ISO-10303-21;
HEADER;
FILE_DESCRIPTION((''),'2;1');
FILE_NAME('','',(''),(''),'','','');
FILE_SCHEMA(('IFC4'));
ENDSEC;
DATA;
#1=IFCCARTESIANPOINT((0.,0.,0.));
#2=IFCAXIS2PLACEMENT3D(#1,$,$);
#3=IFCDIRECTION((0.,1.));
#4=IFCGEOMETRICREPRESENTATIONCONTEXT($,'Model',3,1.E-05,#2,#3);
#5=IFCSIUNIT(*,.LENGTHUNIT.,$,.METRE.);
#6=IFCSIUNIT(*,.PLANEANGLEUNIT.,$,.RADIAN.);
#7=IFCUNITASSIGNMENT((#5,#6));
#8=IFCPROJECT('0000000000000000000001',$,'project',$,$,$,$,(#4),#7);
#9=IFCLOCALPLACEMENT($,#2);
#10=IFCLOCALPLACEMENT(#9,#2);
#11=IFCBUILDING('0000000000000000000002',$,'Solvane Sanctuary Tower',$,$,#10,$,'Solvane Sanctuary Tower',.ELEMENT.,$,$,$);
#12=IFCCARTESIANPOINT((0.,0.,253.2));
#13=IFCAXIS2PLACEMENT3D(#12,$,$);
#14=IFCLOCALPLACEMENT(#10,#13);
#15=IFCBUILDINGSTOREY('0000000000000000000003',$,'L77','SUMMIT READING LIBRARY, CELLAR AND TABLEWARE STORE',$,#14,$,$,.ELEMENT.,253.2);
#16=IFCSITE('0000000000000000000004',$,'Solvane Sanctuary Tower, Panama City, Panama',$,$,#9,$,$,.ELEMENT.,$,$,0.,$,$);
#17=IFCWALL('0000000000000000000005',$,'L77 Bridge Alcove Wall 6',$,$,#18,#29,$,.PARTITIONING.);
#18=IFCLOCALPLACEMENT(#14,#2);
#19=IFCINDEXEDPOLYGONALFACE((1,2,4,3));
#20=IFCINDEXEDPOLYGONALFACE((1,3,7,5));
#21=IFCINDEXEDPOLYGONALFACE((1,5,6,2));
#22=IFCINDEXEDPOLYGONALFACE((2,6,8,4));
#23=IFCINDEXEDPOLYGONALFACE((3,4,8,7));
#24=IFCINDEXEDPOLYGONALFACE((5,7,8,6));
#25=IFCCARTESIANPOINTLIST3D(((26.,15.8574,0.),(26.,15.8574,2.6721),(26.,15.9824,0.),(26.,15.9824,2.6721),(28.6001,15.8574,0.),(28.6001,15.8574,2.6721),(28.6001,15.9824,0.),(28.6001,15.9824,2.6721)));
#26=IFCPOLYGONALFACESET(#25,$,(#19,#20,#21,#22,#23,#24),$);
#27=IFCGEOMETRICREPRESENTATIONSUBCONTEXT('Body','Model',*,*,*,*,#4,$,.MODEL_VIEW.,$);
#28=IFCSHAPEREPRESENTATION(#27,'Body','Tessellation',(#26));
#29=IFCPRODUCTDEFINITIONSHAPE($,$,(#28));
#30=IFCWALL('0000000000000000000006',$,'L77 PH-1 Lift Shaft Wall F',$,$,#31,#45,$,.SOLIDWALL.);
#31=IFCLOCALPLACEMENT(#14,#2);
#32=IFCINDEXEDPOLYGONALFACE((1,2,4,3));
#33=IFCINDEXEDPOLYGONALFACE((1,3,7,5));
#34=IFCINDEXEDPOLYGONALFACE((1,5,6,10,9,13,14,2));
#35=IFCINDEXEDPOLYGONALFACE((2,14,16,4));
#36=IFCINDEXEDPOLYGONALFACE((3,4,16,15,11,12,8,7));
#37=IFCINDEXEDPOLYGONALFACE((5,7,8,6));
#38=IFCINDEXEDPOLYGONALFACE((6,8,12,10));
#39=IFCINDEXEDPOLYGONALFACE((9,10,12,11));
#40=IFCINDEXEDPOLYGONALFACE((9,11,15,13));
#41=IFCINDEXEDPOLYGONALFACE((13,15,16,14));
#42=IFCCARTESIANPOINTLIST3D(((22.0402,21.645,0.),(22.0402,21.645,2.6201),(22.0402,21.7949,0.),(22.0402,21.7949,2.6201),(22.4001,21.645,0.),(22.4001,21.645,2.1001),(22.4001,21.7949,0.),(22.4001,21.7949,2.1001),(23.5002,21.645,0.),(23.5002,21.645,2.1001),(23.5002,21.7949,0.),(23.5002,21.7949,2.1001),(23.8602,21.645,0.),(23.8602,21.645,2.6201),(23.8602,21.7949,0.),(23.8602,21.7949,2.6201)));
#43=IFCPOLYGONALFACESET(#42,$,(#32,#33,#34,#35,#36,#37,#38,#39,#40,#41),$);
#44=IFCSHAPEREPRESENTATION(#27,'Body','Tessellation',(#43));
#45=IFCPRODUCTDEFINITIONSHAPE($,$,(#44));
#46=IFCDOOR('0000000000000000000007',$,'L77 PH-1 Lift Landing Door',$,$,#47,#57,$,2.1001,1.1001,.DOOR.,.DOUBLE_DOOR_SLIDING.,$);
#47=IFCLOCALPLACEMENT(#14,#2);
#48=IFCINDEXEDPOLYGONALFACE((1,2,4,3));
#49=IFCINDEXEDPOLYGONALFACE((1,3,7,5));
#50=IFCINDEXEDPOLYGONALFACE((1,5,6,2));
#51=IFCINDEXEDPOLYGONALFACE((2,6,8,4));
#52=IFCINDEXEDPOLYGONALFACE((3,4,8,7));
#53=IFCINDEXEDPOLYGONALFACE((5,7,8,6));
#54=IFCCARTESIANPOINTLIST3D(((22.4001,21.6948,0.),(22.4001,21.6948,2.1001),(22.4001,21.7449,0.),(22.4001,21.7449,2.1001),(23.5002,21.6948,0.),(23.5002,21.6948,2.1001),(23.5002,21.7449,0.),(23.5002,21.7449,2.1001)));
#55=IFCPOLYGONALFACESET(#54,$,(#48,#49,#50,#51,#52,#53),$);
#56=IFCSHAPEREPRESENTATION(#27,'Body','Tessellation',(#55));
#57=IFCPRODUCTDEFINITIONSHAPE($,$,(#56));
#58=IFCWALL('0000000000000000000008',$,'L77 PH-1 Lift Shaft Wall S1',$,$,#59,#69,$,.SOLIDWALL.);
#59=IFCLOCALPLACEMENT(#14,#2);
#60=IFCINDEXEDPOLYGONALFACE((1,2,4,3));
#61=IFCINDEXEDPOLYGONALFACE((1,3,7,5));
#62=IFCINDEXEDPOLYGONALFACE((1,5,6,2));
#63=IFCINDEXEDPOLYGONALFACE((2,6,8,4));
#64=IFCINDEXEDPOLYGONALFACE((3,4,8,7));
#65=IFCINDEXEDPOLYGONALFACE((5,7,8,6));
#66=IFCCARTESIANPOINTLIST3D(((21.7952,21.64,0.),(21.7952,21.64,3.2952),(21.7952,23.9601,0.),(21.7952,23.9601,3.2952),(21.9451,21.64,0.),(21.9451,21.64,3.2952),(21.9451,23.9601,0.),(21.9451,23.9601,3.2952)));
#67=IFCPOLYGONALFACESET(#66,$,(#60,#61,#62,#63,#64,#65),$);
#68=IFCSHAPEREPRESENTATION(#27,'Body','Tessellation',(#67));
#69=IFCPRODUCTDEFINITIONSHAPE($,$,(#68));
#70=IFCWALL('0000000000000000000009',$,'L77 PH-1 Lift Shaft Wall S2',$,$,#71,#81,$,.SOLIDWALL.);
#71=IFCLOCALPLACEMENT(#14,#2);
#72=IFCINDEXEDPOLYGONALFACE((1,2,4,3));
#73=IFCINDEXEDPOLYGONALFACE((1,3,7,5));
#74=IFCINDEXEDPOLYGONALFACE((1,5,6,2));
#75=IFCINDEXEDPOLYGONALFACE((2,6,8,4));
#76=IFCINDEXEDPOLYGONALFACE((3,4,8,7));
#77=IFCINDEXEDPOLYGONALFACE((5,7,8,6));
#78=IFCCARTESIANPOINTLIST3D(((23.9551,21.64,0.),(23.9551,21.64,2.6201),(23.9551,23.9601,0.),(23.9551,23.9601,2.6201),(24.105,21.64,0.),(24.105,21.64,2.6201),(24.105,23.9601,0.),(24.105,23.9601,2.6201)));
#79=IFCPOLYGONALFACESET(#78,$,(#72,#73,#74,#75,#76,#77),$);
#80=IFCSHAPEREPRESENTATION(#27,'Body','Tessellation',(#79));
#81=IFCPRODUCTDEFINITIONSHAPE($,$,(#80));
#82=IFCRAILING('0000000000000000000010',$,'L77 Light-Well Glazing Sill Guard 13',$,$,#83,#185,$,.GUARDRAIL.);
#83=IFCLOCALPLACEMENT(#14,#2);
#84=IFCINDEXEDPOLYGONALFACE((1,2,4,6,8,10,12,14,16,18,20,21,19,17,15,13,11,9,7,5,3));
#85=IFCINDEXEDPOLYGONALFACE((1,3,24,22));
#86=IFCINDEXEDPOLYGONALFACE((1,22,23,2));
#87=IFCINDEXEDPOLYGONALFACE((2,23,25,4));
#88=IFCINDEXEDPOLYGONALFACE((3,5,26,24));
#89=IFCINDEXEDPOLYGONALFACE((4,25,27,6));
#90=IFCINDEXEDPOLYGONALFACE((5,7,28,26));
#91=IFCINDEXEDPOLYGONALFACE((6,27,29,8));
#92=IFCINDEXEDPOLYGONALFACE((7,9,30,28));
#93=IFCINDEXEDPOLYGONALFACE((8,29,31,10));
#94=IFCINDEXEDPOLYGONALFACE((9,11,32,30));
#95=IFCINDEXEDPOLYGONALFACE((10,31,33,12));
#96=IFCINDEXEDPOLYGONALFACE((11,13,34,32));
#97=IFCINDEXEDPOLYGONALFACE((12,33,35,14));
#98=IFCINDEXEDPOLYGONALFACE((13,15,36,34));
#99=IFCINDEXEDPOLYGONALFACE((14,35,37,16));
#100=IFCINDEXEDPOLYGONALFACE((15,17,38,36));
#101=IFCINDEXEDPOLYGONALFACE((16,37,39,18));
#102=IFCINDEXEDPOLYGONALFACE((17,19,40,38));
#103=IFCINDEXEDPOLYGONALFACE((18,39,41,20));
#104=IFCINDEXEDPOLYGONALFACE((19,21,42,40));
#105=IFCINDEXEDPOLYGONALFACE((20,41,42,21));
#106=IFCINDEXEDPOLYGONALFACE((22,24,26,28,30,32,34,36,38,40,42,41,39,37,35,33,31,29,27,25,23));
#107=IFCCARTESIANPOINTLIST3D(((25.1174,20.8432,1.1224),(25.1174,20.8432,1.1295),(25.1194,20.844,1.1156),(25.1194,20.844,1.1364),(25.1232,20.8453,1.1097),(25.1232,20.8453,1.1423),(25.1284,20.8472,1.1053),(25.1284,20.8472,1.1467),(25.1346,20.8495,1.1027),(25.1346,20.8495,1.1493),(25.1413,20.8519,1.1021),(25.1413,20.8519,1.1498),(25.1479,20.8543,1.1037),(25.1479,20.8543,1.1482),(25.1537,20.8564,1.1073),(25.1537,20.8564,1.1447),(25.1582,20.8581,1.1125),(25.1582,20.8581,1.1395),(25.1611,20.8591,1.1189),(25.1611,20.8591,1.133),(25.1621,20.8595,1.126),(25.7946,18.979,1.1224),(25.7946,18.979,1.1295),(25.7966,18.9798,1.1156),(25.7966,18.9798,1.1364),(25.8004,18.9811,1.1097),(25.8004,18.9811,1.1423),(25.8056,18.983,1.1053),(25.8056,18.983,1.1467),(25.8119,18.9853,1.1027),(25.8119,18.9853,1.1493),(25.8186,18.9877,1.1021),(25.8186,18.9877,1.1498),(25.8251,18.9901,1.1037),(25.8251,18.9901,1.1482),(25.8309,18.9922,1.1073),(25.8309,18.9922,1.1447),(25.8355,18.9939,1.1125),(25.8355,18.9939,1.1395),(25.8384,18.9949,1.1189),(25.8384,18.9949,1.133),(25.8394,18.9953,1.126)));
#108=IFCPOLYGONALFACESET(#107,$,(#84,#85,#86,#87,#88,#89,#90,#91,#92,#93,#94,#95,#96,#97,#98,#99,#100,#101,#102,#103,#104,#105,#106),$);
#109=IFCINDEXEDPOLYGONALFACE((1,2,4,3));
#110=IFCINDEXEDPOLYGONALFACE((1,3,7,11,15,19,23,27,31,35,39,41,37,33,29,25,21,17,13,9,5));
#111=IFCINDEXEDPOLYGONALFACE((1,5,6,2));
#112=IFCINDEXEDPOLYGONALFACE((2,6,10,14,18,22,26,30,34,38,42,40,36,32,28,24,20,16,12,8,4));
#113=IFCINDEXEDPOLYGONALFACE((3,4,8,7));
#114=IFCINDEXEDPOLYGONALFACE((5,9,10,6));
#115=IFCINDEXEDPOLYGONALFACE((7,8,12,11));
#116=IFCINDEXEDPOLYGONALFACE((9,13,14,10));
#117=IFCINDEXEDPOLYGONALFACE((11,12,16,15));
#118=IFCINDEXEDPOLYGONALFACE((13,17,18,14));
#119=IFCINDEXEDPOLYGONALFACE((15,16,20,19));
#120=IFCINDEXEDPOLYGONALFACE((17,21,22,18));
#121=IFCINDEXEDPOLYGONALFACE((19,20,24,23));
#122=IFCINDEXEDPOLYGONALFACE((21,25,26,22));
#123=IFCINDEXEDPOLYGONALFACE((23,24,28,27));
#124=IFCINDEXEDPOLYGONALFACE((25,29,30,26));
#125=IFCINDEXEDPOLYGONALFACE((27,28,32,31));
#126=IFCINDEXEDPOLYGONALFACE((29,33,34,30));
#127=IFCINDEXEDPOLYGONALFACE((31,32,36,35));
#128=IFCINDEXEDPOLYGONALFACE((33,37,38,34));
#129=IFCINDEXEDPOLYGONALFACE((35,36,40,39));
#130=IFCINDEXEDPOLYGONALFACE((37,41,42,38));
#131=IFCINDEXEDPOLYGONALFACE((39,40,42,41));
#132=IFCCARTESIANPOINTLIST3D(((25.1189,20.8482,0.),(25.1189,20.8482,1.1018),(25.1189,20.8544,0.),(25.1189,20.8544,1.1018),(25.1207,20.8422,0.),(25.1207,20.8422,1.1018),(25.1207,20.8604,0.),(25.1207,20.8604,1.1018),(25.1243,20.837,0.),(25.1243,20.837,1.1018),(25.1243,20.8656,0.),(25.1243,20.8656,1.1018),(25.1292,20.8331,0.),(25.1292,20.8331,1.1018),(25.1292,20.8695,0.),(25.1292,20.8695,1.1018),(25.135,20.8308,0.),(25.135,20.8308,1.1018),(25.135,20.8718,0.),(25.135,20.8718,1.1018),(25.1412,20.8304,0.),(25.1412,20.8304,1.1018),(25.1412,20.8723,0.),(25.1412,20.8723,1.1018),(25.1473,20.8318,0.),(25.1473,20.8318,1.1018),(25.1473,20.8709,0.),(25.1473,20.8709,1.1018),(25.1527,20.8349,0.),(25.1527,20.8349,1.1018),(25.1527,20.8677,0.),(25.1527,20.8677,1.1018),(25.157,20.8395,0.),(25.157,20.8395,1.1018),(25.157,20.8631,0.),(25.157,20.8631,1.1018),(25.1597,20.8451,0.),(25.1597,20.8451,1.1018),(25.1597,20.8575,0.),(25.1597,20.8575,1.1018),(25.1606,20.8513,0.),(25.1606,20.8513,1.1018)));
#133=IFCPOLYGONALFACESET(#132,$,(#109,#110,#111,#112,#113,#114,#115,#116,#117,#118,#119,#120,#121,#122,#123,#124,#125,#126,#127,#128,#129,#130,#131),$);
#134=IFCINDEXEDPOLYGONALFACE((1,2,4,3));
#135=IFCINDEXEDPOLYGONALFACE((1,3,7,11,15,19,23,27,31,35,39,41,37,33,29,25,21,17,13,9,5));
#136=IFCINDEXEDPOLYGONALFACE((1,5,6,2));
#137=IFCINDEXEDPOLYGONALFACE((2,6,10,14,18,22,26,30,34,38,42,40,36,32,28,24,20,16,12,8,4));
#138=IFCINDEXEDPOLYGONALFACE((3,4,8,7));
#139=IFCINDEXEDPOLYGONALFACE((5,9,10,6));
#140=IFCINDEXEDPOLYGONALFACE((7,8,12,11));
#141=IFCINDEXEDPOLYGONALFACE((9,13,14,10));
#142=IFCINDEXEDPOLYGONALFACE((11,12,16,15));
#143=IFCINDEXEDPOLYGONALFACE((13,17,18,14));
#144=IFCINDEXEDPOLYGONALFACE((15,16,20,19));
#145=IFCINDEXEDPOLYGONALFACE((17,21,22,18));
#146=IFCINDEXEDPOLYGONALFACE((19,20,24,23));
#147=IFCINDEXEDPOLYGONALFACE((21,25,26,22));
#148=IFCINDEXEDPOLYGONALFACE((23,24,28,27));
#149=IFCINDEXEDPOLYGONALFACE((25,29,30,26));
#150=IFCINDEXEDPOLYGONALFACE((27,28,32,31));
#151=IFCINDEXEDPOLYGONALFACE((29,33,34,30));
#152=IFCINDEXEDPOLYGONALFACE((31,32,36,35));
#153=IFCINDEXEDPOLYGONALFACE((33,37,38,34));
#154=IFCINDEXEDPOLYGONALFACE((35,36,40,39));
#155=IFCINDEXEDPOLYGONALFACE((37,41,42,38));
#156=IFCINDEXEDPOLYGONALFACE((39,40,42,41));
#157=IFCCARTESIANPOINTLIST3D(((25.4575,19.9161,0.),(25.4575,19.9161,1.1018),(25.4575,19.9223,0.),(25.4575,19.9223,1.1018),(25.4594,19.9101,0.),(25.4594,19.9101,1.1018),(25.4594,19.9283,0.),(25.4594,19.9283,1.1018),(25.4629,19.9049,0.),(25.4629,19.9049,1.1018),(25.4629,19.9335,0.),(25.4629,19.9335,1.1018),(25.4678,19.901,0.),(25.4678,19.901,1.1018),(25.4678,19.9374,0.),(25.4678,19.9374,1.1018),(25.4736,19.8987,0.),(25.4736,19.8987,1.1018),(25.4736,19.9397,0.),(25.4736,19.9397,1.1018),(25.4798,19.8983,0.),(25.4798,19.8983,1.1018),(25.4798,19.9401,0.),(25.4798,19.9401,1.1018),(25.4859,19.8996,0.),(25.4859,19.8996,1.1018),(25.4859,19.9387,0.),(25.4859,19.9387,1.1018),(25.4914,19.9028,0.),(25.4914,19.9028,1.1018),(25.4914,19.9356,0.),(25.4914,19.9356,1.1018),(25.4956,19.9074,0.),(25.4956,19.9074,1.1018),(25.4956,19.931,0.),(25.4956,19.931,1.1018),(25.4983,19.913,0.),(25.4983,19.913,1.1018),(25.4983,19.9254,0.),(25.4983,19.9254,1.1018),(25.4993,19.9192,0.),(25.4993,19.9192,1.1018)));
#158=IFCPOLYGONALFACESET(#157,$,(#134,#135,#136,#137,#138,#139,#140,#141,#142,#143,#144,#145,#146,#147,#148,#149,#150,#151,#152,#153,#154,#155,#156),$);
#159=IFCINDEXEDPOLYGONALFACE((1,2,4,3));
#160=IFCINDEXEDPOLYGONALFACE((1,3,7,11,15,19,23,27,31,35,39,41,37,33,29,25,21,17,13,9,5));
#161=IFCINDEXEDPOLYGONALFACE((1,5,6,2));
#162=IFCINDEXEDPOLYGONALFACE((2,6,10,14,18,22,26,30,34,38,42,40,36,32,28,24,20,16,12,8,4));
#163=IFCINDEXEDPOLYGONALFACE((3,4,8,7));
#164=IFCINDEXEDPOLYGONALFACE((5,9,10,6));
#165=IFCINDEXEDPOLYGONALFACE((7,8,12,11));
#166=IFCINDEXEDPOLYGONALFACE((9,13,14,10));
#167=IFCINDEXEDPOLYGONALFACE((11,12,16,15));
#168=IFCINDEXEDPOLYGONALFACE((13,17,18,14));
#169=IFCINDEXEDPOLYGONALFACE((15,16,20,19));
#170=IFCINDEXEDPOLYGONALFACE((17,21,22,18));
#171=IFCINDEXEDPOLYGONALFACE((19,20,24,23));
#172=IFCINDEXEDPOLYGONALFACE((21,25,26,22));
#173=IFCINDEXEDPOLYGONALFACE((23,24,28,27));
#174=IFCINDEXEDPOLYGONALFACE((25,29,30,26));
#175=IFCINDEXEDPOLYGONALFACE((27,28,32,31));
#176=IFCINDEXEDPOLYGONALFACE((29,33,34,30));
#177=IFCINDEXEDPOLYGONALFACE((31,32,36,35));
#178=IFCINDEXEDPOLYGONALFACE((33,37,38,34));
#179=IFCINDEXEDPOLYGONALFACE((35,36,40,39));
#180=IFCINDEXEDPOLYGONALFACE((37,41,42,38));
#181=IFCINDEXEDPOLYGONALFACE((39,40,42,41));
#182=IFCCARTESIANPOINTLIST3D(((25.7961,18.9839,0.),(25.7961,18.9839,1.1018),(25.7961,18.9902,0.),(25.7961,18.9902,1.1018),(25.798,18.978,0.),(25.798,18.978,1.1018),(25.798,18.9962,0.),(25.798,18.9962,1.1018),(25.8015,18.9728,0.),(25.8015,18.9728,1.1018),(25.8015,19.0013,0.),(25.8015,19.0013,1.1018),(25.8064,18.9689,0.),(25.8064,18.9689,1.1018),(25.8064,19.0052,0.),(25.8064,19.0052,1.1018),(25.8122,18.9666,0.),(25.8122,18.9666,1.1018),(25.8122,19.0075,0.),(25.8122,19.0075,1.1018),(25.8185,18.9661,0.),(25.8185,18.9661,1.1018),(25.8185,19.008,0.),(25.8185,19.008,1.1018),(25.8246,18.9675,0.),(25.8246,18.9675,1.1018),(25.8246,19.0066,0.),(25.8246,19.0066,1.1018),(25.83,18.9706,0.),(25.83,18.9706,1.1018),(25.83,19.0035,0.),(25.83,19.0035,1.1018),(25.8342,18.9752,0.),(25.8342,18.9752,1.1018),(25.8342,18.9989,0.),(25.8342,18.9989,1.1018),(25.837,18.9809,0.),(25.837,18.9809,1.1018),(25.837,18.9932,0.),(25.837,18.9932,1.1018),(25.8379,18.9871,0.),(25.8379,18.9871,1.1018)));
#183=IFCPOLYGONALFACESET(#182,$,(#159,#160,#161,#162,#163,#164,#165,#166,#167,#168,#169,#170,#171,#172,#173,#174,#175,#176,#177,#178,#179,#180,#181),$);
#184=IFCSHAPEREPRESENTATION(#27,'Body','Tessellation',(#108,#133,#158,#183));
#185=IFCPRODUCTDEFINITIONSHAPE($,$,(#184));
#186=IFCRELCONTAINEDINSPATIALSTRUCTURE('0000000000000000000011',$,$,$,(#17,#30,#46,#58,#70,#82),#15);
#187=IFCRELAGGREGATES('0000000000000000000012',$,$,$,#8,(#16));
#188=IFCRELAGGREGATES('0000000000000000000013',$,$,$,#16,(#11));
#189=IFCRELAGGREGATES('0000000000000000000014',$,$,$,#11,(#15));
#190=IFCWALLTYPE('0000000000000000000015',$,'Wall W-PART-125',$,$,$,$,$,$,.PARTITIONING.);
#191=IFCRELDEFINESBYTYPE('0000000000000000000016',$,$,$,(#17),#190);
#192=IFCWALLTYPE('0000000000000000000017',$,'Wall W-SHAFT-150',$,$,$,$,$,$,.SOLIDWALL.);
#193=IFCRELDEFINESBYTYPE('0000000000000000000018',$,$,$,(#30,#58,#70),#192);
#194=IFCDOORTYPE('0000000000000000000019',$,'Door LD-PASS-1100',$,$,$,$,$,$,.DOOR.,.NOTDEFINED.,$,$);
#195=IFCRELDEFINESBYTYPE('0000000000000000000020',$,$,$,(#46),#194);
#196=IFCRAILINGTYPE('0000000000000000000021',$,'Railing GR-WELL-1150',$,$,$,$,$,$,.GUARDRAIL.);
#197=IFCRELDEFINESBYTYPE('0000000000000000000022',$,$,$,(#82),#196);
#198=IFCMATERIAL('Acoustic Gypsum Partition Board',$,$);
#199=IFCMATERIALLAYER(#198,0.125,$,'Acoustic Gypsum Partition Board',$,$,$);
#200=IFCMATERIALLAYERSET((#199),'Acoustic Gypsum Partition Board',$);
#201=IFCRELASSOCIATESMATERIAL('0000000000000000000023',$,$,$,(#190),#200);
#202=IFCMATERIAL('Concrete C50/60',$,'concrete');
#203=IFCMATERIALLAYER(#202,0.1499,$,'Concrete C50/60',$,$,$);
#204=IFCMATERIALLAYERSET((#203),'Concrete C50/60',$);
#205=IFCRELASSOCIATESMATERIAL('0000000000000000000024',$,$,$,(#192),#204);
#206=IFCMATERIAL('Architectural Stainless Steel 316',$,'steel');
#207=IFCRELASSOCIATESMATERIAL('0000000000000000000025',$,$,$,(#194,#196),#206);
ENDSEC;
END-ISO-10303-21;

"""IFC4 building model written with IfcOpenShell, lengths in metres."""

from ifc_helpers import new_model, si_unit, direction, frame, frame_2d, origin, origin_2d, place, context, subcontext, project, spatial, rectangle, circle, extrude, material, layer, layer_set, type_object, element, fill, save


model = new_model("IFC4")

# Units and contexts
model_context = context("Model", 3, precision=1e-05, world=origin(), true_north=direction((0.0, 1.0)))
body_context = subcontext(model_context, "Body", "Model", "MODEL_VIEW")
ifc_project = project(units=[si_unit("LENGTHUNIT", "METRE"), si_unit("PLANEANGLEUNIT", "RADIAN")], contexts=[model_context])

# Site, building, storey
site_placement = place(None, origin())
site = spatial("IfcSite", under=ifc_project, at=site_placement, Name="Solvane Sanctuary Tower, Panama City, Panama", CompositionType="ELEMENT", RefElevation=0.0)
building_placement = place(site_placement, origin())
building = spatial("IfcBuilding", under=site, at=building_placement, Name="Solvane Sanctuary Tower", LongName="Solvane Sanctuary Tower", CompositionType="ELEMENT")
storey_placement = place(building_placement, frame((0.0, 0.0, 253.2)))
storey = spatial("IfcBuildingStorey", under=building, at=storey_placement, Name="L77", Description="SUMMIT READING LIBRARY, CELLAR AND TABLEWARE STORE", CompositionType="ELEMENT", Elevation=253.2)

# Shared definitions
ifc_material_1 = material(Name="Acoustic Gypsum Partition Board")
ifc_layer_1 = layer(ifc_material_1, 0.125, Name="Acoustic Gypsum Partition Board")
ifc_layer_set_1 = layer_set([ifc_layer_1], Name="Acoustic Gypsum Partition Board")
wall_type_1 = type_object("IfcWallType", Name="Wall W-PART-125", PredefinedType="PARTITIONING", material=ifc_layer_set_1)
ifc_material_2 = material(Name="Architectural Stainless Steel 316", Category="steel")

# Wall
wall_1_placement = place(storey_placement, frame((26.0, 15.9199, 0.0), z_axis=(0.0, 0.0, 1.0), x_axis=(1.0, 0.0, 0.0)))
element("IfcWall", 1, at=wall_1_placement, inside=storey, type_object=wall_type_1, Name="L77 Bridge Alcove Wall 6", PredefinedType="PARTITIONING", context=body_context, shape_type="SweptSolid", body=[
    extrude(rectangle(XDim=2.6001, YDim=0.125, at=frame_2d((1.3, 0.0))), origin(), (0.0, 0.0, 1.0), 2.6721),
])

# Wall, opening, door
ifc_material_3 = material(Name="Concrete C50/60", Category="concrete")
ifc_layer_2 = layer(ifc_material_3, 0.1499, Name="Concrete C50/60")
ifc_layer_set_2 = layer_set([ifc_layer_2], Name="Concrete C50/60")
wall_type_2 = type_object("IfcWallType", Name="Wall W-SHAFT-150", PredefinedType="SOLIDWALL", material=ifc_layer_set_2)
wall_2_placement = place(storey_placement, frame((22.04, 21.72, 0.0), z_axis=(0.0, 0.0, 1.0), x_axis=(1.0, 0.0, 0.0)))
wall_2 = element("IfcWall", 2, at=wall_2_placement, inside=storey, type_object=wall_type_2, Name="L77 PH-1 Lift Shaft Wall F", PredefinedType="SOLIDWALL", context=body_context, shape_type="SweptSolid", body=[
    extrude(rectangle(XDim=1.8201, YDim=0.1499, at=frame_2d((0.9102, 0.0))), origin(), (0.0, 0.0, 1.0), 2.6201),
])
opening_1_placement = place(wall_2_placement, frame((0.3601, 0.0, 0.0)))
opening_1 = element("IfcOpeningElement", 3, at=opening_1_placement, cuts=wall_2, PredefinedType="OPENING", context=body_context, shape_type="SweptSolid", body=[
    extrude(rectangle(XDim=1.1001, YDim=2.1001, at=frame_2d((0.55, 1.05))), frame((0.0, 0.085, 0.0), z_axis=(0.0, -1.0, 0.0), x_axis=(1.0, 0.0, 0.0)), (0.0, 0.0, 1.0), 0.1699),
])
door_type_1 = type_object("IfcDoorType", Name="Door LD-PASS-1100", OperationType="NOTDEFINED", PredefinedType="DOOR", material=ifc_material_2)
door_1_placement = place(opening_1_placement, origin())
door_1 = element("IfcDoor", 4, at=door_1_placement, inside=storey, type_object=door_type_1, Name="L77 PH-1 Lift Landing Door", OperationType="DOUBLE_DOOR_SLIDING", OverallHeight=2.1001, OverallWidth=1.1001, PredefinedType="DOOR", context=body_context, shape_type="SweptSolid", body=[
    extrude(rectangle(XDim=1.1001, YDim=2.1001, at=frame_2d((0.55, 1.05))), frame((0.0, 0.0249, 0.0), z_axis=(0.0, -1.0, 0.0), x_axis=(1.0, 0.0, 0.0)), (0.0, 0.0, 1.0), 0.05),
])
fill(opening_1, door_1)

# Walls
wall_3_placement = place(storey_placement, frame((21.8701, 21.6399, 0.0), z_axis=(0.0, 0.0, 1.0), x_axis=(0.0, 1.0, 0.0)))
element("IfcWall", 5, at=wall_3_placement, inside=storey, type_object=wall_type_2, Name="L77 PH-1 Lift Shaft Wall S1", PredefinedType="SOLIDWALL", context=body_context, shape_type="SweptSolid", body=[
    extrude(rectangle(XDim=2.3201, YDim=0.1499, at=frame_2d((1.1602, 0.0))), origin(), (0.0, 0.0, 1.0), 3.2952),
])
wall_4_placement = place(storey_placement, frame((24.03, 21.6399, 0.0), z_axis=(0.0, 0.0, 1.0), x_axis=(0.0, 1.0, 0.0)))
element("IfcWall", 6, at=wall_4_placement, inside=storey, type_object=wall_type_2, Name="L77 PH-1 Lift Shaft Wall S2", PredefinedType="SOLIDWALL", context=body_context, shape_type="SweptSolid", body=[
    extrude(rectangle(XDim=2.3201, YDim=0.1499, at=frame_2d((1.1602, 0.0))), origin(), (0.0, 0.0, 1.0), 2.6201),
])

# Railing
railing_type = type_object("IfcRailingType", Name="Railing GR-WELL-1150", PredefinedType="GUARDRAIL", material=ifc_material_2)
railing_placement = place(storey_placement, frame((25.1396, 20.8513, 0.0)))
element("IfcRailing", 7, at=railing_placement, inside=storey, type_object=railing_type, Name="L77 Light-Well Glazing Sill Guard 13", PredefinedType="GUARDRAIL", context=body_context, shape_type="SweptSolid", body=[
    extrude(circle(Radius=0.0239, at=origin_2d()), frame((0.0, 0.0, 1.126), z_axis=(0.341447, -0.939901, 0.0), x_axis=(0.939901, 0.341447, 0.0)), (0.0, 0.0, 1.0), 1.9834),
    extrude(circle(Radius=0.021, at=origin_2d()), origin(), (0.0, 0.0, 1.0), 1.1018),
    extrude(circle(Radius=0.021, at=origin_2d()), frame((0.3386, -0.9321, 0.0)), (0.0, 0.0, 1.0), 1.1018),
    extrude(circle(Radius=0.021, at=origin_2d()), frame((0.6772, -1.8643, 0.0)), (0.0, 0.0, 1.0), 1.1018),
])

save(model, "model.ifc")
